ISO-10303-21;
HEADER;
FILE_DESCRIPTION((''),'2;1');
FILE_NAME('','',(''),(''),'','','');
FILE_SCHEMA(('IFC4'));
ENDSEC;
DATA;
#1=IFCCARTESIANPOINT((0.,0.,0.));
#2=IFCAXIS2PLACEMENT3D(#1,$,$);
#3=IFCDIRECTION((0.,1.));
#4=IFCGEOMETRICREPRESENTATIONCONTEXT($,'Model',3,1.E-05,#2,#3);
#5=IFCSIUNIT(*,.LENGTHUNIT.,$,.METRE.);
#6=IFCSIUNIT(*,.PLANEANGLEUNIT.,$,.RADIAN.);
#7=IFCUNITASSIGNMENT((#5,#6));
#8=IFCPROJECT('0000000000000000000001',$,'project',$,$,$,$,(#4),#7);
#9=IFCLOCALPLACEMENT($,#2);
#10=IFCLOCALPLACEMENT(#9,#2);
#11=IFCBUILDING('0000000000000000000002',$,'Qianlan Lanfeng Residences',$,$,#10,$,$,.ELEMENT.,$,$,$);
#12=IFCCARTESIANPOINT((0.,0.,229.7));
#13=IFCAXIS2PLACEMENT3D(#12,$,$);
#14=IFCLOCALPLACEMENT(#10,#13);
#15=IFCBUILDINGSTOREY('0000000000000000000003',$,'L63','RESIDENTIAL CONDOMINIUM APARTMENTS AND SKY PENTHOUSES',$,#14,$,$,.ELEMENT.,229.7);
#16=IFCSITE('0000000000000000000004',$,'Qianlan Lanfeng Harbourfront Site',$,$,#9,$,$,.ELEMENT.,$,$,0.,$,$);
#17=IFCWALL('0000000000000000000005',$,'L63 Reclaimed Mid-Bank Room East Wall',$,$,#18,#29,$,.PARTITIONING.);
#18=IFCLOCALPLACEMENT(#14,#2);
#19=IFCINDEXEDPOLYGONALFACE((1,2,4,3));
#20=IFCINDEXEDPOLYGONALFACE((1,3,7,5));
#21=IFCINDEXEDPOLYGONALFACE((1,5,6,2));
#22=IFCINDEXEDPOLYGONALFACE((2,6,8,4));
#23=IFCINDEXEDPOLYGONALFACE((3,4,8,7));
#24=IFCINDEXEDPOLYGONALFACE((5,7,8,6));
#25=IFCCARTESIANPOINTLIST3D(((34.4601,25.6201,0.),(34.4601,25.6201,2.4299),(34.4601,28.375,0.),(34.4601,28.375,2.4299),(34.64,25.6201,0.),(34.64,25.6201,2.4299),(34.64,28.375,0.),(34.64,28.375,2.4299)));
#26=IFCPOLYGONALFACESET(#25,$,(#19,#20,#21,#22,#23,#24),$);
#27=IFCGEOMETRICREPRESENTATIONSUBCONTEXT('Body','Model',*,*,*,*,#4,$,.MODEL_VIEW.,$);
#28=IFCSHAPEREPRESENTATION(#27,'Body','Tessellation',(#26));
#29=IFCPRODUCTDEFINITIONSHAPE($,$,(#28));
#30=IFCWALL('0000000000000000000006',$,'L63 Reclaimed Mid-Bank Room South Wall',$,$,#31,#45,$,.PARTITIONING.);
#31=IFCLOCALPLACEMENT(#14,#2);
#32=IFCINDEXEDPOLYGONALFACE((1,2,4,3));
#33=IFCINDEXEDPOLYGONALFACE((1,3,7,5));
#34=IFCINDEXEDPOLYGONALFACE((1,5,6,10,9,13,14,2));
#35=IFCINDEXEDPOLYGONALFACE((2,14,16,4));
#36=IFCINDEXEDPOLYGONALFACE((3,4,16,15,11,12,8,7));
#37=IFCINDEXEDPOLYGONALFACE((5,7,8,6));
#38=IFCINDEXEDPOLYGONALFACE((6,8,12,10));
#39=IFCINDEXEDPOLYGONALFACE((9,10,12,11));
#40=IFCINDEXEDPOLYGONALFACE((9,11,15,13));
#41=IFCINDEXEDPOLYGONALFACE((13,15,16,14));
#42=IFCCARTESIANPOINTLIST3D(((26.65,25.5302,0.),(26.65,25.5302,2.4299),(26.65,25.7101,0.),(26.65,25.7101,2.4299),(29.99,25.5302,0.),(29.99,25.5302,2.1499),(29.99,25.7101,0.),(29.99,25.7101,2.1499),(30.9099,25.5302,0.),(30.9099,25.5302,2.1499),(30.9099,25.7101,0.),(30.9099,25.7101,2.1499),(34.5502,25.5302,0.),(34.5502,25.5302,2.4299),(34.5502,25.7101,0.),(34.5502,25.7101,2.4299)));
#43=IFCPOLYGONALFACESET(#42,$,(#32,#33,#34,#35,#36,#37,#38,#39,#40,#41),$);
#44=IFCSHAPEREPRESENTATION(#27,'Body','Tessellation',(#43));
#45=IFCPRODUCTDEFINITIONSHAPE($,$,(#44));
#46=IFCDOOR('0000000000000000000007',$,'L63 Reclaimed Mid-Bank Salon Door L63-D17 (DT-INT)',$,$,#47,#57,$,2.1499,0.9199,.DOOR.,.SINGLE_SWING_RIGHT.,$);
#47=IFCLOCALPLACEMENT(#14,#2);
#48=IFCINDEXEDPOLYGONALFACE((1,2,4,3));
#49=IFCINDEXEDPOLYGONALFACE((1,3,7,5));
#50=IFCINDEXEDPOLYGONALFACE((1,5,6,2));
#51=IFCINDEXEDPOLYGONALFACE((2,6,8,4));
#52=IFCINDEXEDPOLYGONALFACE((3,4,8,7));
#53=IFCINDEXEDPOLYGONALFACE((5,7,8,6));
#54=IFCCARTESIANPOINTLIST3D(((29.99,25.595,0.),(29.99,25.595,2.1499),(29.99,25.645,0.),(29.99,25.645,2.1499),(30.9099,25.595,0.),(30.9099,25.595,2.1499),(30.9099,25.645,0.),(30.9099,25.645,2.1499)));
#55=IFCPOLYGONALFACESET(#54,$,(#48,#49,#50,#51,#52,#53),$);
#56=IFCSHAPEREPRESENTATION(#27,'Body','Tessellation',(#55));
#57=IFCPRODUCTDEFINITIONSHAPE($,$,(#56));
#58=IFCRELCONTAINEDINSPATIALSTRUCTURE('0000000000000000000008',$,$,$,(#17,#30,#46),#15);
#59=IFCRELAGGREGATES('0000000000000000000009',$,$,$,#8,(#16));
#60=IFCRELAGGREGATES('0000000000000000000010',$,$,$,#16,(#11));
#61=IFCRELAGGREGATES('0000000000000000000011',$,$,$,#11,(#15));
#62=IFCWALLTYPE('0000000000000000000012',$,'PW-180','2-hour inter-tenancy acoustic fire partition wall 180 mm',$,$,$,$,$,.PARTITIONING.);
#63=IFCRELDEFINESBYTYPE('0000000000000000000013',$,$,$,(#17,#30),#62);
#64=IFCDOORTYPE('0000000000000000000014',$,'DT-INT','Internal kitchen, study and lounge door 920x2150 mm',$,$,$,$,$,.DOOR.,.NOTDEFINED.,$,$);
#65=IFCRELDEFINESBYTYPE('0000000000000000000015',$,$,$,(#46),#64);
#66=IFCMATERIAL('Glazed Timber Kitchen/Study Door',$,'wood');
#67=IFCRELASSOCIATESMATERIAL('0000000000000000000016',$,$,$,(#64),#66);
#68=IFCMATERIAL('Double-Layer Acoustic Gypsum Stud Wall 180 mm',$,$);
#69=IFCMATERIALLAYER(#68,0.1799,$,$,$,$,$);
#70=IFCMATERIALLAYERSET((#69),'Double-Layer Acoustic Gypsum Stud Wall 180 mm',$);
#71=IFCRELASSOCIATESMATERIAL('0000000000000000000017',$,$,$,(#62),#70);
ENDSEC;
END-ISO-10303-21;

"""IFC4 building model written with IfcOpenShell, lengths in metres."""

from ifc_helpers import new_model, si_unit, direction, frame, frame_2d, origin, place, context, subcontext, project, spatial, rectangle, extrude, material, layer, layer_set, type_object, element, fill, save


model = new_model("IFC4")

# Units and contexts
model_context = context("Model", 3, precision=1e-05, world=origin(), true_north=direction((0.0, 1.0)))
body_context = subcontext(model_context, "Body", "Model", "MODEL_VIEW")
ifc_project = project(units=[si_unit("LENGTHUNIT", "METRE"), si_unit("PLANEANGLEUNIT", "RADIAN")], contexts=[model_context])

# Site, building, storey
site_placement = place(None, origin())
site = spatial("IfcSite", under=ifc_project, at=site_placement, Name="Qianlan Lanfeng Harbourfront Site", CompositionType="ELEMENT", RefElevation=0.0)
building_placement = place(site_placement, origin())
building = spatial("IfcBuilding", under=site, at=building_placement, Name="Qianlan Lanfeng Residences", CompositionType="ELEMENT")
storey_placement = place(building_placement, frame((0.0, 0.0, 229.7)))
storey = spatial("IfcBuildingStorey", under=building, at=storey_placement, Name="L63", Description="RESIDENTIAL CONDOMINIUM APARTMENTS AND SKY PENTHOUSES", CompositionType="ELEMENT", Elevation=229.7)

# Shared definitions
ifc_material_1 = material(Name="Glazed Timber Kitchen/Study Door", Category="wood")
door_type_1 = type_object("IfcDoorType", Name="DT-INT", Description="Internal kitchen, study and lounge door 920x2150 mm", OperationType="NOTDEFINED", PredefinedType="DOOR", material=ifc_material_1)

# Shared definitions
ifc_material_2 = material(Name="Double-Layer Acoustic Gypsum Stud Wall 180 mm")
ifc_layer_1 = layer(ifc_material_2, 0.1799)
ifc_layer_set_1 = layer_set([ifc_layer_1], Name="Double-Layer Acoustic Gypsum Stud Wall 180 mm")
wall_type_1 = type_object("IfcWallType", Name="PW-180", Description="2-hour inter-tenancy acoustic fire partition wall 180 mm", PredefinedType="PARTITIONING", material=ifc_layer_set_1)

# Wall
for number, where, z_axis, x_axis, name in (
    (1, (34.55, 25.6201, 0.0), (0.0, 0.0, 1.0), (0.0, 1.0, 0.0), "L63 Reclaimed Mid-Bank Room East Wall"),
):
    element("IfcWall", number, at=place(storey_placement, frame(where, z_axis=z_axis, x_axis=x_axis)), inside=storey, type_object=wall_type_1, Name=name, PredefinedType="PARTITIONING", context=body_context, shape_type="SweptSolid", body=[
        extrude(rectangle(XDim=2.7549, YDim=0.1799, at=frame_2d((1.3774, 0.0))), origin(), (0.0, 0.0, 1.0), 2.4299),
    ])

# Wall, opening, door
wall_1_placement = place(storey_placement, frame((26.6499, 25.6201, 0.0), z_axis=(0.0, 0.0, 1.0), x_axis=(1.0, 0.0, 0.0)))
wall_1 = element("IfcWall", 2, at=wall_1_placement, inside=storey, type_object=wall_type_1, Name="L63 Reclaimed Mid-Bank Room South Wall", PredefinedType="PARTITIONING", context=body_context, shape_type="SweptSolid", body=[
    extrude(rectangle(XDim=7.9001, YDim=0.1799, at=frame_2d((3.9502, 0.0))), origin(), (0.0, 0.0, 1.0), 2.4299),
])
opening_1_placement = place(wall_1_placement, frame((3.3401, 0.0, 0.0)))
opening_1 = element("IfcOpeningElement", 3, at=opening_1_placement, cuts=wall_1, PredefinedType="OPENING", context=body_context, shape_type="SweptSolid", body=[
    extrude(rectangle(XDim=0.9199, YDim=2.1499, at=frame_2d((0.46, 1.075))), frame((0.0, 0.1001, 0.0), z_axis=(0.0, -1.0, 0.0), x_axis=(1.0, 0.0, 0.0)), (0.0, 0.0, 1.0), 0.2),
])
door_1_placement = place(opening_1_placement, origin())
door_1 = element("IfcDoor", 4, at=door_1_placement, inside=storey, type_object=door_type_1, Name="L63 Reclaimed Mid-Bank Salon Door L63-D17 (DT-INT)", OperationType="SINGLE_SWING_RIGHT", OverallHeight=2.1499, OverallWidth=0.9199, PredefinedType="DOOR", context=body_context, shape_type="SweptSolid", body=[
    extrude(rectangle(XDim=0.9199, YDim=2.1499, at=frame_2d((0.46, 1.075))), frame((0.0, 0.0249, 0.0), z_axis=(0.0, -1.0, 0.0), x_axis=(1.0, 0.0, 0.0)), (0.0, 0.0, 1.0), 0.05),
])
fill(opening_1, door_1)

save(model, "model.ifc")
